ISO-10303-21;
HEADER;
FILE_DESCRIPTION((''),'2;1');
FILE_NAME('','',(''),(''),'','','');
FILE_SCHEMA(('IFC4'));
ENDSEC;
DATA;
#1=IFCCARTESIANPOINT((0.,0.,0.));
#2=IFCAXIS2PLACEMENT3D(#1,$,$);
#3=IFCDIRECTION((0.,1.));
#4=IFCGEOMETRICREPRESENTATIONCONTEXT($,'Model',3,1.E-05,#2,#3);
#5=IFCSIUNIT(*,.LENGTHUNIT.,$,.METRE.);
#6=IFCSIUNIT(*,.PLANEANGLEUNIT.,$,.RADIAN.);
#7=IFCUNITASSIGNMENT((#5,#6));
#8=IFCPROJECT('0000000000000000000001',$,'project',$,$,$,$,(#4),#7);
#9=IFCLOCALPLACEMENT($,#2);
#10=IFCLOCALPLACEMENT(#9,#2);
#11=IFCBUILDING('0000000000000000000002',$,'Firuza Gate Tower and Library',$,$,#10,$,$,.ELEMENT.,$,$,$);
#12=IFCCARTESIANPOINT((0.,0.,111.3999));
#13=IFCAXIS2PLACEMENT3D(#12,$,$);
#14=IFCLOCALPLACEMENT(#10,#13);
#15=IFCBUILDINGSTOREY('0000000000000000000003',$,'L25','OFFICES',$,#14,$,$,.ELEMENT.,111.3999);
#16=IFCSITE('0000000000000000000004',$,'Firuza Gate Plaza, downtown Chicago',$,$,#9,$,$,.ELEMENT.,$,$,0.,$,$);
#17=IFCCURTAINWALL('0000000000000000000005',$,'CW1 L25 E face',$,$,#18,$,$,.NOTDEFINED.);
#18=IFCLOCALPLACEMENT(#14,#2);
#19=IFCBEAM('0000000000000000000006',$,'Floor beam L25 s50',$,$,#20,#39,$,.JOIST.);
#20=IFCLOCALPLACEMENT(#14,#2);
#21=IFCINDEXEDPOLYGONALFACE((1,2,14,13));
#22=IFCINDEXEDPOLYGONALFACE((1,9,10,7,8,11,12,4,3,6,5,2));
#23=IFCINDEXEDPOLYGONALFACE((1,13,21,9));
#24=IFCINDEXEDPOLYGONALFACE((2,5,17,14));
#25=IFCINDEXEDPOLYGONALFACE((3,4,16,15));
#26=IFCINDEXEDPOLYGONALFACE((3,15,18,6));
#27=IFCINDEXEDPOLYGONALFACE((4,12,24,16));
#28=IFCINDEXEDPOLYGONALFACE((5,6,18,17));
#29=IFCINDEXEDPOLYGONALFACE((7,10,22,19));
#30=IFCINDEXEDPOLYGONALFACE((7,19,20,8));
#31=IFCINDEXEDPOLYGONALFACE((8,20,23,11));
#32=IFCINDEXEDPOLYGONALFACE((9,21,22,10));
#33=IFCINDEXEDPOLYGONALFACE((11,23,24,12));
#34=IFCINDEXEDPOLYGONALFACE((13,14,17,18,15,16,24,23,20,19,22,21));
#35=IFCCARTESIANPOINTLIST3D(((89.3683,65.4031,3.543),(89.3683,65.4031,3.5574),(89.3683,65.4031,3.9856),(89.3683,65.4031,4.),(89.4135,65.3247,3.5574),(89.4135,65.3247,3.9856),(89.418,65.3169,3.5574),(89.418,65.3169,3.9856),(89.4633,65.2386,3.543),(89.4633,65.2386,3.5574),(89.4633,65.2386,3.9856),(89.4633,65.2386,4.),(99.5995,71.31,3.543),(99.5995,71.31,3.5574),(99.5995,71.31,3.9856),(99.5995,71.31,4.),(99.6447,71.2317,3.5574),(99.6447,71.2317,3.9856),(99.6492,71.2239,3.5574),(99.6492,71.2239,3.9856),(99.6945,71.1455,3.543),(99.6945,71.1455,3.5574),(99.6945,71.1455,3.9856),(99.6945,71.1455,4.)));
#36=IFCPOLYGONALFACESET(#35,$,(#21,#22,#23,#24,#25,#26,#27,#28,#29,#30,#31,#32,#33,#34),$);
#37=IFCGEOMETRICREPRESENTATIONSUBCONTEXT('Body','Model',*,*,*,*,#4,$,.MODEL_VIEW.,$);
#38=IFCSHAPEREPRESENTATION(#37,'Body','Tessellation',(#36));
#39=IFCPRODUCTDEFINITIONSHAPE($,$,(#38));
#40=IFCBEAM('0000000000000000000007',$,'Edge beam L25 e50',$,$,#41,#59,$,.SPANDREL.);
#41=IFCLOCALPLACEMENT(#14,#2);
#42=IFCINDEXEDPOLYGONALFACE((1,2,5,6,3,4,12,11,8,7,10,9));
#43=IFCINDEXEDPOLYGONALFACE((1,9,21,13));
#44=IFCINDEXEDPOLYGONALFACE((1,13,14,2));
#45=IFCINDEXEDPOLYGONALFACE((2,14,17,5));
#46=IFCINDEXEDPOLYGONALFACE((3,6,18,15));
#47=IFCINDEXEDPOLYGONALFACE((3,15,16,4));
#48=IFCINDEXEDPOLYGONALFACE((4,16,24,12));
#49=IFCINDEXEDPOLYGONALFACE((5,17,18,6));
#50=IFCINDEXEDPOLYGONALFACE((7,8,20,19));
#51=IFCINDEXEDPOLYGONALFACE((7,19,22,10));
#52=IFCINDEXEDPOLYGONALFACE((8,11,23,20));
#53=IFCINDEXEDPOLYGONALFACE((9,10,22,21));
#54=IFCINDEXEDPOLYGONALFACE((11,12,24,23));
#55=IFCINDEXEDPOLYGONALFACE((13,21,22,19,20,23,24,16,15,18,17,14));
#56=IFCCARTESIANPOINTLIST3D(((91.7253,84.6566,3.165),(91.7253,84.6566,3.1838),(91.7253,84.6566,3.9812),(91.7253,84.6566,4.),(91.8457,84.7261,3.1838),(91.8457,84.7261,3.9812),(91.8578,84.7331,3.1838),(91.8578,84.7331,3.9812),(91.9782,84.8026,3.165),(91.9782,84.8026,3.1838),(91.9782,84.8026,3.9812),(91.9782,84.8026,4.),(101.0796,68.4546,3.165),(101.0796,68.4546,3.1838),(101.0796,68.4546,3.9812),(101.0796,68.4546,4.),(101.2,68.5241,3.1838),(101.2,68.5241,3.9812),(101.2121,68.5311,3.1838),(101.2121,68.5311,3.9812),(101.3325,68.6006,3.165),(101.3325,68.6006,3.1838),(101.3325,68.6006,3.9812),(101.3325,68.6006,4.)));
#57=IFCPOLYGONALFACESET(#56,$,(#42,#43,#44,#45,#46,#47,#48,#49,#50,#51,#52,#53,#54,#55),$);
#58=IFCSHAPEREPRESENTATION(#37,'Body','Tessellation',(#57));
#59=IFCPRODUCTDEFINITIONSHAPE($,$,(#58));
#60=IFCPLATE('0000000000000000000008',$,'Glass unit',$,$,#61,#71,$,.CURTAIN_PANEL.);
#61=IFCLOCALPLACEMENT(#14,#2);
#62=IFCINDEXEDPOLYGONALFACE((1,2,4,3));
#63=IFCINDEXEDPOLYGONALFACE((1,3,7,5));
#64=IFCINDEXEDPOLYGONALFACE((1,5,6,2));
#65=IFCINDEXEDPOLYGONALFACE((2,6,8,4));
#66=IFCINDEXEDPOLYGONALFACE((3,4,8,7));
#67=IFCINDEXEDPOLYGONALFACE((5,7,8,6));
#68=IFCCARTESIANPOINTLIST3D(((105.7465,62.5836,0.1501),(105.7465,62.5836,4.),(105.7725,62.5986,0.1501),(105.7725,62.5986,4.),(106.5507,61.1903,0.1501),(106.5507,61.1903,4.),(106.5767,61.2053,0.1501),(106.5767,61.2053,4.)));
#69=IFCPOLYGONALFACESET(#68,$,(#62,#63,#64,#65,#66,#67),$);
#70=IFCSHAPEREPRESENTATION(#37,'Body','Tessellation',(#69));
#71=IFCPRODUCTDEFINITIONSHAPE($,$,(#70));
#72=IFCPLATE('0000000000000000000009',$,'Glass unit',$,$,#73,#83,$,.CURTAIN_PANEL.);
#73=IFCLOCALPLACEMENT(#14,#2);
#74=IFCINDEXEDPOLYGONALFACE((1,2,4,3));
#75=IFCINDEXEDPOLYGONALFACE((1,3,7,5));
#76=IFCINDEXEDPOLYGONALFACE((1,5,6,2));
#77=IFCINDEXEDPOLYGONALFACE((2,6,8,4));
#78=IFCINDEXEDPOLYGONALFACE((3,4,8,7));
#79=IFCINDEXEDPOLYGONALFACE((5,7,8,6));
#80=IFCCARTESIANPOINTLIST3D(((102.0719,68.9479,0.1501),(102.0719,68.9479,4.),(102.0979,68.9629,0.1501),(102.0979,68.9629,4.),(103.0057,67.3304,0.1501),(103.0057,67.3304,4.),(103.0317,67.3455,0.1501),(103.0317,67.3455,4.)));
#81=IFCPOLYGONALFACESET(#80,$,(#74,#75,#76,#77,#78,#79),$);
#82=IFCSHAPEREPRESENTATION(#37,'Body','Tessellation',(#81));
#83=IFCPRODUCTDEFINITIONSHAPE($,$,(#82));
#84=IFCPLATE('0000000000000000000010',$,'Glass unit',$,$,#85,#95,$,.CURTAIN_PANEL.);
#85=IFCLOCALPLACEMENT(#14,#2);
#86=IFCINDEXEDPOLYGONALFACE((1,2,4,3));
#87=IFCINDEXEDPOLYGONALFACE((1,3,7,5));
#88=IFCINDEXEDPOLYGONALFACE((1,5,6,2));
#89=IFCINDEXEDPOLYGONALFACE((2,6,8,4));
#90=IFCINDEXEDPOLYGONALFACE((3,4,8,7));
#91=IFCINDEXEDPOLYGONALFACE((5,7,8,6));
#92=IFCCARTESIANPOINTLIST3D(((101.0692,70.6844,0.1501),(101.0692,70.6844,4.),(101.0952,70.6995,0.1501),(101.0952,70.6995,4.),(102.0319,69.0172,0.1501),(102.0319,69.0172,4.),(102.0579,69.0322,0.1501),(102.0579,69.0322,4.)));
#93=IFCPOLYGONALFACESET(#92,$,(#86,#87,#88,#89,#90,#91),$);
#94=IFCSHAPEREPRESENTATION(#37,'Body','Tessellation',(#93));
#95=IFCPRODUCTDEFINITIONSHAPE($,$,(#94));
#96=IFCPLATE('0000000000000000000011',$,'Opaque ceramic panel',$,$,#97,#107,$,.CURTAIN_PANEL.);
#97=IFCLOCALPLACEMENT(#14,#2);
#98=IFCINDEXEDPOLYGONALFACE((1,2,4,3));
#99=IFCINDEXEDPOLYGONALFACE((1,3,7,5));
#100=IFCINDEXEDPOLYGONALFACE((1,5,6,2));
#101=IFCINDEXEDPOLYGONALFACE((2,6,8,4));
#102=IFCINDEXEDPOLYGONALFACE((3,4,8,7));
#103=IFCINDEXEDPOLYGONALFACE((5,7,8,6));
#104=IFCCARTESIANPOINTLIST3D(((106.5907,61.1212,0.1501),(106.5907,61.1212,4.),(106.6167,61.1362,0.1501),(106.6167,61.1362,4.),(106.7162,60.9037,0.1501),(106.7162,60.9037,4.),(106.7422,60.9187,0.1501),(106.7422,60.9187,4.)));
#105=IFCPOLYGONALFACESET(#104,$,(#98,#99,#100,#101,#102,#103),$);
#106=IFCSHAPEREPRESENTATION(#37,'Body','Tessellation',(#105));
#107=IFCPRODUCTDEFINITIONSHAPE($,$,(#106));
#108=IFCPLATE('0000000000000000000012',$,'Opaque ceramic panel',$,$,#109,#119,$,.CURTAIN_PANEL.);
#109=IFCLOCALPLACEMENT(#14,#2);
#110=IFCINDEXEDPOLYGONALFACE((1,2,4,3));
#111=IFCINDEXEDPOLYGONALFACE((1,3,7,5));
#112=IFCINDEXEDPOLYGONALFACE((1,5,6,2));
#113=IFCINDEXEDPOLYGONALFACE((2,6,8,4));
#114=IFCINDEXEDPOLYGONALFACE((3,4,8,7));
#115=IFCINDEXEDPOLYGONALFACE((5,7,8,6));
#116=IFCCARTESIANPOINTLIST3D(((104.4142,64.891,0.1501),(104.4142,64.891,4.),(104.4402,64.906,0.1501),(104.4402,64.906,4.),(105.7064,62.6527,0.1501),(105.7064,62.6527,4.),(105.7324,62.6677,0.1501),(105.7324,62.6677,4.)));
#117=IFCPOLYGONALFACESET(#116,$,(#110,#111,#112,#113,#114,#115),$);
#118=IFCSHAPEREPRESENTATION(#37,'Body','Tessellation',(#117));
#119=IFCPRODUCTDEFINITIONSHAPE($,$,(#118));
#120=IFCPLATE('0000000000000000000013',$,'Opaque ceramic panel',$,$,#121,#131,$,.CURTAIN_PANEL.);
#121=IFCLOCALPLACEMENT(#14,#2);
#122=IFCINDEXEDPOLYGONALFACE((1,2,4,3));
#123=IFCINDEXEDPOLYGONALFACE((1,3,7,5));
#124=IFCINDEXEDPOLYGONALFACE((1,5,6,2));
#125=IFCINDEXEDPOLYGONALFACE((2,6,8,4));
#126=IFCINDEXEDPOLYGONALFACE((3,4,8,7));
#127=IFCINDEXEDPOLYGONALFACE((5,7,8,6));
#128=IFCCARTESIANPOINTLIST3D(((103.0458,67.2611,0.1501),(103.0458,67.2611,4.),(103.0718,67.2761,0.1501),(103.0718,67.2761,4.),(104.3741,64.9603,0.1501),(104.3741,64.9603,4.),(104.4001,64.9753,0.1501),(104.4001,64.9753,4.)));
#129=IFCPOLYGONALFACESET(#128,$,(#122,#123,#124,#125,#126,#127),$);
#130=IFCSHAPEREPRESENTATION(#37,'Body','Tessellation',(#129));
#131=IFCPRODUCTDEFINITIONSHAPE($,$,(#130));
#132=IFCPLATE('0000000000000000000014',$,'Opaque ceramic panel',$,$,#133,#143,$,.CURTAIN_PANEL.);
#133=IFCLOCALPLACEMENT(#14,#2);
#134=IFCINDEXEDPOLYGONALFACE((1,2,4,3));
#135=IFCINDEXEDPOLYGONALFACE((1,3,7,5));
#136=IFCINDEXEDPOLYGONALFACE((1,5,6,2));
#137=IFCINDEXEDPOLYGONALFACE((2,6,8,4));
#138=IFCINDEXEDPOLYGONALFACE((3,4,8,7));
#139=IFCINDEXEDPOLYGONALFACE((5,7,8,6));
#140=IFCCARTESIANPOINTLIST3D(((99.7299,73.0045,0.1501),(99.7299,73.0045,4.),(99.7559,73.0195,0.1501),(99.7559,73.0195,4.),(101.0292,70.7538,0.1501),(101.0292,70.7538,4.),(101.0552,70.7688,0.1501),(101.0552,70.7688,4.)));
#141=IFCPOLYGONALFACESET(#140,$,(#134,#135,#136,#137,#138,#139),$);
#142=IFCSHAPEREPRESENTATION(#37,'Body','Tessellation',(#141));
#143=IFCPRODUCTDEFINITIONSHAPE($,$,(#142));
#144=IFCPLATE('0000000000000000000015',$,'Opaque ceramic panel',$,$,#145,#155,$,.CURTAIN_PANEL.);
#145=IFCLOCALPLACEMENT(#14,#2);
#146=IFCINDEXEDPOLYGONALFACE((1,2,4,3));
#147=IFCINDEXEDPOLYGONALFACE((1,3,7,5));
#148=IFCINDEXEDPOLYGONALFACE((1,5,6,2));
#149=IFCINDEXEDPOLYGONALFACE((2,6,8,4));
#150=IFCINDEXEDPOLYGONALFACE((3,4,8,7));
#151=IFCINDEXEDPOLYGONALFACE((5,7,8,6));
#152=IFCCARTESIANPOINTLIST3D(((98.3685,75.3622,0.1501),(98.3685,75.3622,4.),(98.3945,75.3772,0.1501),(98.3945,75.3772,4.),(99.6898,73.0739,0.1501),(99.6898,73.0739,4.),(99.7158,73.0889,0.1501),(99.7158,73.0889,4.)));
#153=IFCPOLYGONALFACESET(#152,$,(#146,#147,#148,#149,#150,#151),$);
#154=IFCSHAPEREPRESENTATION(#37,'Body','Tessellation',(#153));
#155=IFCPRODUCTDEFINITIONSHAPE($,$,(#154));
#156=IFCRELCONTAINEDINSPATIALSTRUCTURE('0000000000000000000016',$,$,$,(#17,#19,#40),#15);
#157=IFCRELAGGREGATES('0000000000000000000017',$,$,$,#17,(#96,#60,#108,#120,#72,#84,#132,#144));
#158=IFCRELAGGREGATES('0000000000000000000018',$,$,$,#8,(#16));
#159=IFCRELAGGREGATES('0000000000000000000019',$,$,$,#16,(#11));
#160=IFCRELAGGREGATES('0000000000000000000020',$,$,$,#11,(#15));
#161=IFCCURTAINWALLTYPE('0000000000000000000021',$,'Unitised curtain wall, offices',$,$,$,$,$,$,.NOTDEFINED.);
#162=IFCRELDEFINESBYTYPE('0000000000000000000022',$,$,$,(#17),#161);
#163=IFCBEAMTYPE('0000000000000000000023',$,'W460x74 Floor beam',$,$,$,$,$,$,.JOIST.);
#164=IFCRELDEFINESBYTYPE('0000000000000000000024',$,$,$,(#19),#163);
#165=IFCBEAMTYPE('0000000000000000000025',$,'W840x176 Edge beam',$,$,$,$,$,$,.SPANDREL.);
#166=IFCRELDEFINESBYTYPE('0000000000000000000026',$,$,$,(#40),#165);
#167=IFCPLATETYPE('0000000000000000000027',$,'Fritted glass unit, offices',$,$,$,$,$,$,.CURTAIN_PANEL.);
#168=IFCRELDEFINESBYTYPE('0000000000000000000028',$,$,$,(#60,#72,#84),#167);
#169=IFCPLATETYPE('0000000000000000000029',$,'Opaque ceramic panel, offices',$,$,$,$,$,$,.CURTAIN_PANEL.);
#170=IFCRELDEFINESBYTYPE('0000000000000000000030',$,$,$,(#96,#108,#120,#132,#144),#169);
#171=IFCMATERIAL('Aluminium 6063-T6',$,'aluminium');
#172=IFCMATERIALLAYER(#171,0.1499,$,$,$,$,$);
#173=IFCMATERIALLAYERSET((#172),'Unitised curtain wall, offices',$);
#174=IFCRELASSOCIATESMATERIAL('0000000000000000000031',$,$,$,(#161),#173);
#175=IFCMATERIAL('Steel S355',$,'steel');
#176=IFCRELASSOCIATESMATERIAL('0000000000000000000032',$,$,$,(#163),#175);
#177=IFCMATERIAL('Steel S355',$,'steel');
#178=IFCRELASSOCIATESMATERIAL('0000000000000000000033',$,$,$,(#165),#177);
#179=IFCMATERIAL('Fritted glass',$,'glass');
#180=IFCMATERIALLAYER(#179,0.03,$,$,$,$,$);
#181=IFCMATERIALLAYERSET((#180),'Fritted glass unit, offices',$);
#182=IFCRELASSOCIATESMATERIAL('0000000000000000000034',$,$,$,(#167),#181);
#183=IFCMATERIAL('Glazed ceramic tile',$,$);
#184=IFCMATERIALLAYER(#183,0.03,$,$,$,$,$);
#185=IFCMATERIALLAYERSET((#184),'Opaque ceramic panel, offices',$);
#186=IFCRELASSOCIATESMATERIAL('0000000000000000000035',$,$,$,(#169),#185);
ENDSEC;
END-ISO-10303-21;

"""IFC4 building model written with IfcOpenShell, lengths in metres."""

from ifc_helpers import new_model, si_unit, direction, frame, origin, origin_2d, place, context, subcontext, project, spatial, polyline, i_section, outline, extrude, material, layer, layer_set, material_profile, profile_set, type_object, element, aggregate, save


model = new_model("IFC4")

# Units and contexts
model_context = context("Model", 3, precision=1e-05, world=origin(), true_north=direction((0.0, 1.0)))
body_context = subcontext(model_context, "Body", "Model", "MODEL_VIEW")
ifc_project = project(units=[si_unit("LENGTHUNIT", "METRE"), si_unit("PLANEANGLEUNIT", "RADIAN")], contexts=[model_context])

# Site, building, storey
site_placement = place(None, origin())
site = spatial("IfcSite", under=ifc_project, at=site_placement, Name="Firuza Gate Plaza, downtown Chicago", CompositionType="ELEMENT", RefElevation=0.0)
building_placement = place(site_placement, origin())
building = spatial("IfcBuilding", under=site, at=building_placement, Name="Firuza Gate Tower and Library", CompositionType="ELEMENT")
storey_placement = place(building_placement, frame((0.0, 0.0, 111.3999)))
storey = spatial("IfcBuildingStorey", under=building, at=storey_placement, Name="L25", Description="OFFICES", CompositionType="ELEMENT", Elevation=111.3999)

# Curtain wall
ifc_material_1 = material(Name="Aluminium 6063-T6", Category="aluminium")
ifc_layer_1 = layer(ifc_material_1, 0.1499)
ifc_layer_set_1 = layer_set([ifc_layer_1], Name="Unitised curtain wall, offices")
curtain_wall_type = type_object("IfcCurtainWallType", Name="Unitised curtain wall, offices", PredefinedType="NOTDEFINED", material=ifc_layer_set_1)
curtain_wall_placement = place(storey_placement, origin())
curtain_wall = element("IfcCurtainWall", 1, at=curtain_wall_placement, inside=storey, type_object=curtain_wall_type, Name="CW1 L25 E face", PredefinedType="NOTDEFINED")

# Beams
ifc_material_2 = material(Name="Steel S355", Category="steel")
ifc_material_profile_1 = material_profile(ifc_material_2, i_section(OverallWidth=0.1899, OverallDepth=0.457, WebThickness=0.009, FlangeThickness=0.0144, at=origin_2d()))
ifc_profile_set_1 = profile_set([ifc_material_profile_1], Name="Steel S355")
beam_type_1 = type_object("IfcBeamType", Name="W460x74 Floor beam", PredefinedType="JOIST", material=ifc_profile_set_1)
beam_1_placement = place(storey_placement, frame((99.647, 71.2278, 3.7715), z_axis=(-0.866026, -0.5, 0.0), x_axis=(0.5, -0.866026, 0.0)))
element("IfcBeam", 2, at=beam_1_placement, inside=storey, type_object=beam_type_1, Name="Floor beam L25 s50", PredefinedType="JOIST", context=body_context, shape_type="SweptSolid", body=[
    extrude(i_section(OverallWidth=0.1899, OverallDepth=0.457, WebThickness=0.009, FlangeThickness=0.0144, at=origin_2d()), origin(), (0.0, 0.0, 1.0), 11.814),
])
ifc_material_3 = material(Name="Steel S355", Category="steel")
ifc_material_profile_2 = material_profile(ifc_material_3, i_section(OverallWidth=0.292, OverallDepth=0.835, WebThickness=0.0139, FlangeThickness=0.0188, at=origin_2d()))
ifc_profile_set_2 = profile_set([ifc_material_profile_2], Name="Steel S355")
beam_type_2 = type_object("IfcBeamType", Name="W840x176 Edge beam", PredefinedType="SPANDREL", material=ifc_profile_set_2)
beam_2_placement = place(storey_placement, frame((101.2061, 68.5276, 3.5825), z_axis=(-0.500003, 0.866024, 0.0), x_axis=(-0.866024, -0.500003, 0.0)))
element("IfcBeam", 3, at=beam_2_placement, inside=storey, type_object=beam_type_2, Name="Edge beam L25 e50", PredefinedType="SPANDREL", context=body_context, shape_type="SweptSolid", body=[
    extrude(i_section(OverallWidth=0.292, OverallDepth=0.835, WebThickness=0.0139, FlangeThickness=0.0188, at=origin_2d()), origin(), (0.0, 0.0, 1.0), 18.7085),
])

# Plates
ifc_material_4 = material(Name="Fritted glass", Category="glass")
ifc_layer_2 = layer(ifc_material_4, 0.03)
ifc_layer_set_2 = layer_set([ifc_layer_2], Name="Fritted glass unit, offices")
plate_type_1 = type_object("IfcPlateType", Name="Fritted glass unit, offices", PredefinedType="CURTAIN_PANEL", material=ifc_layer_set_2)
plate_1_placement = place(storey_placement, frame((106.5767, 61.2053, 0.1501), z_axis=(0.866087, 0.499893, 0.0), x_axis=(-0.499893, 0.866087, 0.0)))
plate_1 = element("IfcPlate", 4, at=plate_1_placement, type_object=plate_type_1, Name="Glass unit", PredefinedType="CURTAIN_PANEL", context=body_context, shape_type="SweptSolid", body=[
    extrude(outline(polyline([(0.0, 0.0), (1.6087, 0.0), (1.6087, 3.8499), (0.0, 3.8499), (0.0, 0.0)])), origin(), (0.0, 0.0, -1.0), 0.03),
])
plate_2_placement = place(storey_placement, frame((103.0317, 67.3455, 0.1501), z_axis=(0.866022, 0.500005, 0.0), x_axis=(-0.500005, 0.866022, 0.0)))
plate_2 = element("IfcPlate", 5, at=plate_2_placement, type_object=plate_type_1, Name="Glass unit", PredefinedType="CURTAIN_PANEL", context=body_context, shape_type="SweptSolid", body=[
    extrude(outline(polyline([(0.0, 0.0), (1.8677, 0.0), (1.8677, 3.8499), (0.0, 3.8499), (0.0, 0.0)])), origin(), (0.0, 0.0, -1.0), 0.03),
])
plate_3_placement = place(storey_placement, frame((102.0579, 69.0322, 0.1501), z_axis=(0.86601, 0.500026, 0.0), x_axis=(-0.500026, 0.86601, 0.0)))
plate_3 = element("IfcPlate", 6, at=plate_3_placement, type_object=plate_type_1, Name="Glass unit", PredefinedType="CURTAIN_PANEL", context=body_context, shape_type="SweptSolid", body=[
    extrude(outline(polyline([(0.0, 0.0), (1.9252, 0.0), (1.9252, 3.8499), (0.0, 3.8499), (0.0, 0.0)])), origin(), (0.0, 0.0, -1.0), 0.03),
])
ifc_material_5 = material(Name="Glazed ceramic tile")
ifc_layer_3 = layer(ifc_material_5, 0.03)
ifc_layer_set_3 = layer_set([ifc_layer_3], Name="Opaque ceramic panel, offices")
plate_type_2 = type_object("IfcPlateType", Name="Opaque ceramic panel, offices", PredefinedType="CURTAIN_PANEL", material=ifc_layer_set_3)
plate_4_placement = place(storey_placement, frame((106.7422, 60.9187, 0.1501), z_axis=(0.866202, 0.499694, 0.0), x_axis=(-0.499694, 0.866202, 0.0)))
plate_4 = element("IfcPlate", 7, at=plate_4_placement, type_object=plate_type_2, Name="Opaque ceramic panel", PredefinedType="CURTAIN_PANEL", context=body_context, shape_type="SweptSolid", body=[
    extrude(outline(polyline([(0.0, 0.0), (0.2511, 0.0), (0.2511, 3.8499), (0.0, 3.8499), (0.0, 0.0)])), origin(), (0.0, 0.0, -1.0), 0.03),
])
plate_5_placement = place(storey_placement, frame((105.7324, 62.6677, 0.1501), z_axis=(0.866031, 0.49999, 0.0), x_axis=(-0.49999, 0.866031, 0.0)))
plate_5 = element("IfcPlate", 8, at=plate_5_placement, type_object=plate_type_2, Name="Opaque ceramic panel", PredefinedType="CURTAIN_PANEL", context=body_context, shape_type="SweptSolid", body=[
    extrude(outline(polyline([(0.0, 0.0), (2.5845, 0.0), (2.5845, 3.8499), (0.0, 3.8499), (0.0, 0.0)])), origin(), (0.0, 0.0, -1.0), 0.03),
])
plate_6_placement = place(storey_placement, frame((104.4001, 64.9753, 0.1501), z_axis=(0.866023, 0.500004, 0.0), x_axis=(-0.500004, 0.866023, 0.0)))
plate_6 = element("IfcPlate", 9, at=plate_6_placement, type_object=plate_type_2, Name="Opaque ceramic panel", PredefinedType="CURTAIN_PANEL", context=body_context, shape_type="SweptSolid", body=[
    extrude(outline(polyline([(0.0, 0.0), (2.6567, 0.0), (2.6567, 3.8499), (0.0, 3.8499), (0.0, 0.0)])), origin(), (0.0, 0.0, -1.0), 0.03),
])
plate_7_placement = place(storey_placement, frame((101.0552, 70.7688, 0.1501), z_axis=(0.866049, 0.499958, 0.0), x_axis=(-0.499958, 0.866049, 0.0)))
plate_7 = element("IfcPlate", 10, at=plate_7_placement, type_object=plate_type_2, Name="Opaque ceramic panel", PredefinedType="CURTAIN_PANEL", context=body_context, shape_type="SweptSolid", body=[
    extrude(outline(polyline([(0.0, 0.0), (2.5988, 0.0), (2.5988, 3.8499), (0.0, 3.8499), (0.0, 0.0)])), origin(), (0.0, 0.0, -1.0), 0.03),
])
plate_8_placement = place(storey_placement, frame((99.7158, 73.0889, 0.1501), z_axis=(0.866006, 0.500034, 0.0), x_axis=(-0.500034, 0.866006, 0.0)))
plate_8 = element("IfcPlate", 11, at=plate_8_placement, type_object=plate_type_2, Name="Opaque ceramic panel", PredefinedType="CURTAIN_PANEL", context=body_context, shape_type="SweptSolid", body=[
    extrude(outline(polyline([(0.0, 0.0), (2.6424, 0.0), (2.6424, 3.8499), (0.0, 3.8499), (0.0, 0.0)])), origin(), (0.0, 0.0, -1.0), 0.03),
])
aggregate(curtain_wall, [plate_4, plate_1, plate_5, plate_6, plate_2, plate_3, plate_7, plate_8])

save(model, "model.ifc")
